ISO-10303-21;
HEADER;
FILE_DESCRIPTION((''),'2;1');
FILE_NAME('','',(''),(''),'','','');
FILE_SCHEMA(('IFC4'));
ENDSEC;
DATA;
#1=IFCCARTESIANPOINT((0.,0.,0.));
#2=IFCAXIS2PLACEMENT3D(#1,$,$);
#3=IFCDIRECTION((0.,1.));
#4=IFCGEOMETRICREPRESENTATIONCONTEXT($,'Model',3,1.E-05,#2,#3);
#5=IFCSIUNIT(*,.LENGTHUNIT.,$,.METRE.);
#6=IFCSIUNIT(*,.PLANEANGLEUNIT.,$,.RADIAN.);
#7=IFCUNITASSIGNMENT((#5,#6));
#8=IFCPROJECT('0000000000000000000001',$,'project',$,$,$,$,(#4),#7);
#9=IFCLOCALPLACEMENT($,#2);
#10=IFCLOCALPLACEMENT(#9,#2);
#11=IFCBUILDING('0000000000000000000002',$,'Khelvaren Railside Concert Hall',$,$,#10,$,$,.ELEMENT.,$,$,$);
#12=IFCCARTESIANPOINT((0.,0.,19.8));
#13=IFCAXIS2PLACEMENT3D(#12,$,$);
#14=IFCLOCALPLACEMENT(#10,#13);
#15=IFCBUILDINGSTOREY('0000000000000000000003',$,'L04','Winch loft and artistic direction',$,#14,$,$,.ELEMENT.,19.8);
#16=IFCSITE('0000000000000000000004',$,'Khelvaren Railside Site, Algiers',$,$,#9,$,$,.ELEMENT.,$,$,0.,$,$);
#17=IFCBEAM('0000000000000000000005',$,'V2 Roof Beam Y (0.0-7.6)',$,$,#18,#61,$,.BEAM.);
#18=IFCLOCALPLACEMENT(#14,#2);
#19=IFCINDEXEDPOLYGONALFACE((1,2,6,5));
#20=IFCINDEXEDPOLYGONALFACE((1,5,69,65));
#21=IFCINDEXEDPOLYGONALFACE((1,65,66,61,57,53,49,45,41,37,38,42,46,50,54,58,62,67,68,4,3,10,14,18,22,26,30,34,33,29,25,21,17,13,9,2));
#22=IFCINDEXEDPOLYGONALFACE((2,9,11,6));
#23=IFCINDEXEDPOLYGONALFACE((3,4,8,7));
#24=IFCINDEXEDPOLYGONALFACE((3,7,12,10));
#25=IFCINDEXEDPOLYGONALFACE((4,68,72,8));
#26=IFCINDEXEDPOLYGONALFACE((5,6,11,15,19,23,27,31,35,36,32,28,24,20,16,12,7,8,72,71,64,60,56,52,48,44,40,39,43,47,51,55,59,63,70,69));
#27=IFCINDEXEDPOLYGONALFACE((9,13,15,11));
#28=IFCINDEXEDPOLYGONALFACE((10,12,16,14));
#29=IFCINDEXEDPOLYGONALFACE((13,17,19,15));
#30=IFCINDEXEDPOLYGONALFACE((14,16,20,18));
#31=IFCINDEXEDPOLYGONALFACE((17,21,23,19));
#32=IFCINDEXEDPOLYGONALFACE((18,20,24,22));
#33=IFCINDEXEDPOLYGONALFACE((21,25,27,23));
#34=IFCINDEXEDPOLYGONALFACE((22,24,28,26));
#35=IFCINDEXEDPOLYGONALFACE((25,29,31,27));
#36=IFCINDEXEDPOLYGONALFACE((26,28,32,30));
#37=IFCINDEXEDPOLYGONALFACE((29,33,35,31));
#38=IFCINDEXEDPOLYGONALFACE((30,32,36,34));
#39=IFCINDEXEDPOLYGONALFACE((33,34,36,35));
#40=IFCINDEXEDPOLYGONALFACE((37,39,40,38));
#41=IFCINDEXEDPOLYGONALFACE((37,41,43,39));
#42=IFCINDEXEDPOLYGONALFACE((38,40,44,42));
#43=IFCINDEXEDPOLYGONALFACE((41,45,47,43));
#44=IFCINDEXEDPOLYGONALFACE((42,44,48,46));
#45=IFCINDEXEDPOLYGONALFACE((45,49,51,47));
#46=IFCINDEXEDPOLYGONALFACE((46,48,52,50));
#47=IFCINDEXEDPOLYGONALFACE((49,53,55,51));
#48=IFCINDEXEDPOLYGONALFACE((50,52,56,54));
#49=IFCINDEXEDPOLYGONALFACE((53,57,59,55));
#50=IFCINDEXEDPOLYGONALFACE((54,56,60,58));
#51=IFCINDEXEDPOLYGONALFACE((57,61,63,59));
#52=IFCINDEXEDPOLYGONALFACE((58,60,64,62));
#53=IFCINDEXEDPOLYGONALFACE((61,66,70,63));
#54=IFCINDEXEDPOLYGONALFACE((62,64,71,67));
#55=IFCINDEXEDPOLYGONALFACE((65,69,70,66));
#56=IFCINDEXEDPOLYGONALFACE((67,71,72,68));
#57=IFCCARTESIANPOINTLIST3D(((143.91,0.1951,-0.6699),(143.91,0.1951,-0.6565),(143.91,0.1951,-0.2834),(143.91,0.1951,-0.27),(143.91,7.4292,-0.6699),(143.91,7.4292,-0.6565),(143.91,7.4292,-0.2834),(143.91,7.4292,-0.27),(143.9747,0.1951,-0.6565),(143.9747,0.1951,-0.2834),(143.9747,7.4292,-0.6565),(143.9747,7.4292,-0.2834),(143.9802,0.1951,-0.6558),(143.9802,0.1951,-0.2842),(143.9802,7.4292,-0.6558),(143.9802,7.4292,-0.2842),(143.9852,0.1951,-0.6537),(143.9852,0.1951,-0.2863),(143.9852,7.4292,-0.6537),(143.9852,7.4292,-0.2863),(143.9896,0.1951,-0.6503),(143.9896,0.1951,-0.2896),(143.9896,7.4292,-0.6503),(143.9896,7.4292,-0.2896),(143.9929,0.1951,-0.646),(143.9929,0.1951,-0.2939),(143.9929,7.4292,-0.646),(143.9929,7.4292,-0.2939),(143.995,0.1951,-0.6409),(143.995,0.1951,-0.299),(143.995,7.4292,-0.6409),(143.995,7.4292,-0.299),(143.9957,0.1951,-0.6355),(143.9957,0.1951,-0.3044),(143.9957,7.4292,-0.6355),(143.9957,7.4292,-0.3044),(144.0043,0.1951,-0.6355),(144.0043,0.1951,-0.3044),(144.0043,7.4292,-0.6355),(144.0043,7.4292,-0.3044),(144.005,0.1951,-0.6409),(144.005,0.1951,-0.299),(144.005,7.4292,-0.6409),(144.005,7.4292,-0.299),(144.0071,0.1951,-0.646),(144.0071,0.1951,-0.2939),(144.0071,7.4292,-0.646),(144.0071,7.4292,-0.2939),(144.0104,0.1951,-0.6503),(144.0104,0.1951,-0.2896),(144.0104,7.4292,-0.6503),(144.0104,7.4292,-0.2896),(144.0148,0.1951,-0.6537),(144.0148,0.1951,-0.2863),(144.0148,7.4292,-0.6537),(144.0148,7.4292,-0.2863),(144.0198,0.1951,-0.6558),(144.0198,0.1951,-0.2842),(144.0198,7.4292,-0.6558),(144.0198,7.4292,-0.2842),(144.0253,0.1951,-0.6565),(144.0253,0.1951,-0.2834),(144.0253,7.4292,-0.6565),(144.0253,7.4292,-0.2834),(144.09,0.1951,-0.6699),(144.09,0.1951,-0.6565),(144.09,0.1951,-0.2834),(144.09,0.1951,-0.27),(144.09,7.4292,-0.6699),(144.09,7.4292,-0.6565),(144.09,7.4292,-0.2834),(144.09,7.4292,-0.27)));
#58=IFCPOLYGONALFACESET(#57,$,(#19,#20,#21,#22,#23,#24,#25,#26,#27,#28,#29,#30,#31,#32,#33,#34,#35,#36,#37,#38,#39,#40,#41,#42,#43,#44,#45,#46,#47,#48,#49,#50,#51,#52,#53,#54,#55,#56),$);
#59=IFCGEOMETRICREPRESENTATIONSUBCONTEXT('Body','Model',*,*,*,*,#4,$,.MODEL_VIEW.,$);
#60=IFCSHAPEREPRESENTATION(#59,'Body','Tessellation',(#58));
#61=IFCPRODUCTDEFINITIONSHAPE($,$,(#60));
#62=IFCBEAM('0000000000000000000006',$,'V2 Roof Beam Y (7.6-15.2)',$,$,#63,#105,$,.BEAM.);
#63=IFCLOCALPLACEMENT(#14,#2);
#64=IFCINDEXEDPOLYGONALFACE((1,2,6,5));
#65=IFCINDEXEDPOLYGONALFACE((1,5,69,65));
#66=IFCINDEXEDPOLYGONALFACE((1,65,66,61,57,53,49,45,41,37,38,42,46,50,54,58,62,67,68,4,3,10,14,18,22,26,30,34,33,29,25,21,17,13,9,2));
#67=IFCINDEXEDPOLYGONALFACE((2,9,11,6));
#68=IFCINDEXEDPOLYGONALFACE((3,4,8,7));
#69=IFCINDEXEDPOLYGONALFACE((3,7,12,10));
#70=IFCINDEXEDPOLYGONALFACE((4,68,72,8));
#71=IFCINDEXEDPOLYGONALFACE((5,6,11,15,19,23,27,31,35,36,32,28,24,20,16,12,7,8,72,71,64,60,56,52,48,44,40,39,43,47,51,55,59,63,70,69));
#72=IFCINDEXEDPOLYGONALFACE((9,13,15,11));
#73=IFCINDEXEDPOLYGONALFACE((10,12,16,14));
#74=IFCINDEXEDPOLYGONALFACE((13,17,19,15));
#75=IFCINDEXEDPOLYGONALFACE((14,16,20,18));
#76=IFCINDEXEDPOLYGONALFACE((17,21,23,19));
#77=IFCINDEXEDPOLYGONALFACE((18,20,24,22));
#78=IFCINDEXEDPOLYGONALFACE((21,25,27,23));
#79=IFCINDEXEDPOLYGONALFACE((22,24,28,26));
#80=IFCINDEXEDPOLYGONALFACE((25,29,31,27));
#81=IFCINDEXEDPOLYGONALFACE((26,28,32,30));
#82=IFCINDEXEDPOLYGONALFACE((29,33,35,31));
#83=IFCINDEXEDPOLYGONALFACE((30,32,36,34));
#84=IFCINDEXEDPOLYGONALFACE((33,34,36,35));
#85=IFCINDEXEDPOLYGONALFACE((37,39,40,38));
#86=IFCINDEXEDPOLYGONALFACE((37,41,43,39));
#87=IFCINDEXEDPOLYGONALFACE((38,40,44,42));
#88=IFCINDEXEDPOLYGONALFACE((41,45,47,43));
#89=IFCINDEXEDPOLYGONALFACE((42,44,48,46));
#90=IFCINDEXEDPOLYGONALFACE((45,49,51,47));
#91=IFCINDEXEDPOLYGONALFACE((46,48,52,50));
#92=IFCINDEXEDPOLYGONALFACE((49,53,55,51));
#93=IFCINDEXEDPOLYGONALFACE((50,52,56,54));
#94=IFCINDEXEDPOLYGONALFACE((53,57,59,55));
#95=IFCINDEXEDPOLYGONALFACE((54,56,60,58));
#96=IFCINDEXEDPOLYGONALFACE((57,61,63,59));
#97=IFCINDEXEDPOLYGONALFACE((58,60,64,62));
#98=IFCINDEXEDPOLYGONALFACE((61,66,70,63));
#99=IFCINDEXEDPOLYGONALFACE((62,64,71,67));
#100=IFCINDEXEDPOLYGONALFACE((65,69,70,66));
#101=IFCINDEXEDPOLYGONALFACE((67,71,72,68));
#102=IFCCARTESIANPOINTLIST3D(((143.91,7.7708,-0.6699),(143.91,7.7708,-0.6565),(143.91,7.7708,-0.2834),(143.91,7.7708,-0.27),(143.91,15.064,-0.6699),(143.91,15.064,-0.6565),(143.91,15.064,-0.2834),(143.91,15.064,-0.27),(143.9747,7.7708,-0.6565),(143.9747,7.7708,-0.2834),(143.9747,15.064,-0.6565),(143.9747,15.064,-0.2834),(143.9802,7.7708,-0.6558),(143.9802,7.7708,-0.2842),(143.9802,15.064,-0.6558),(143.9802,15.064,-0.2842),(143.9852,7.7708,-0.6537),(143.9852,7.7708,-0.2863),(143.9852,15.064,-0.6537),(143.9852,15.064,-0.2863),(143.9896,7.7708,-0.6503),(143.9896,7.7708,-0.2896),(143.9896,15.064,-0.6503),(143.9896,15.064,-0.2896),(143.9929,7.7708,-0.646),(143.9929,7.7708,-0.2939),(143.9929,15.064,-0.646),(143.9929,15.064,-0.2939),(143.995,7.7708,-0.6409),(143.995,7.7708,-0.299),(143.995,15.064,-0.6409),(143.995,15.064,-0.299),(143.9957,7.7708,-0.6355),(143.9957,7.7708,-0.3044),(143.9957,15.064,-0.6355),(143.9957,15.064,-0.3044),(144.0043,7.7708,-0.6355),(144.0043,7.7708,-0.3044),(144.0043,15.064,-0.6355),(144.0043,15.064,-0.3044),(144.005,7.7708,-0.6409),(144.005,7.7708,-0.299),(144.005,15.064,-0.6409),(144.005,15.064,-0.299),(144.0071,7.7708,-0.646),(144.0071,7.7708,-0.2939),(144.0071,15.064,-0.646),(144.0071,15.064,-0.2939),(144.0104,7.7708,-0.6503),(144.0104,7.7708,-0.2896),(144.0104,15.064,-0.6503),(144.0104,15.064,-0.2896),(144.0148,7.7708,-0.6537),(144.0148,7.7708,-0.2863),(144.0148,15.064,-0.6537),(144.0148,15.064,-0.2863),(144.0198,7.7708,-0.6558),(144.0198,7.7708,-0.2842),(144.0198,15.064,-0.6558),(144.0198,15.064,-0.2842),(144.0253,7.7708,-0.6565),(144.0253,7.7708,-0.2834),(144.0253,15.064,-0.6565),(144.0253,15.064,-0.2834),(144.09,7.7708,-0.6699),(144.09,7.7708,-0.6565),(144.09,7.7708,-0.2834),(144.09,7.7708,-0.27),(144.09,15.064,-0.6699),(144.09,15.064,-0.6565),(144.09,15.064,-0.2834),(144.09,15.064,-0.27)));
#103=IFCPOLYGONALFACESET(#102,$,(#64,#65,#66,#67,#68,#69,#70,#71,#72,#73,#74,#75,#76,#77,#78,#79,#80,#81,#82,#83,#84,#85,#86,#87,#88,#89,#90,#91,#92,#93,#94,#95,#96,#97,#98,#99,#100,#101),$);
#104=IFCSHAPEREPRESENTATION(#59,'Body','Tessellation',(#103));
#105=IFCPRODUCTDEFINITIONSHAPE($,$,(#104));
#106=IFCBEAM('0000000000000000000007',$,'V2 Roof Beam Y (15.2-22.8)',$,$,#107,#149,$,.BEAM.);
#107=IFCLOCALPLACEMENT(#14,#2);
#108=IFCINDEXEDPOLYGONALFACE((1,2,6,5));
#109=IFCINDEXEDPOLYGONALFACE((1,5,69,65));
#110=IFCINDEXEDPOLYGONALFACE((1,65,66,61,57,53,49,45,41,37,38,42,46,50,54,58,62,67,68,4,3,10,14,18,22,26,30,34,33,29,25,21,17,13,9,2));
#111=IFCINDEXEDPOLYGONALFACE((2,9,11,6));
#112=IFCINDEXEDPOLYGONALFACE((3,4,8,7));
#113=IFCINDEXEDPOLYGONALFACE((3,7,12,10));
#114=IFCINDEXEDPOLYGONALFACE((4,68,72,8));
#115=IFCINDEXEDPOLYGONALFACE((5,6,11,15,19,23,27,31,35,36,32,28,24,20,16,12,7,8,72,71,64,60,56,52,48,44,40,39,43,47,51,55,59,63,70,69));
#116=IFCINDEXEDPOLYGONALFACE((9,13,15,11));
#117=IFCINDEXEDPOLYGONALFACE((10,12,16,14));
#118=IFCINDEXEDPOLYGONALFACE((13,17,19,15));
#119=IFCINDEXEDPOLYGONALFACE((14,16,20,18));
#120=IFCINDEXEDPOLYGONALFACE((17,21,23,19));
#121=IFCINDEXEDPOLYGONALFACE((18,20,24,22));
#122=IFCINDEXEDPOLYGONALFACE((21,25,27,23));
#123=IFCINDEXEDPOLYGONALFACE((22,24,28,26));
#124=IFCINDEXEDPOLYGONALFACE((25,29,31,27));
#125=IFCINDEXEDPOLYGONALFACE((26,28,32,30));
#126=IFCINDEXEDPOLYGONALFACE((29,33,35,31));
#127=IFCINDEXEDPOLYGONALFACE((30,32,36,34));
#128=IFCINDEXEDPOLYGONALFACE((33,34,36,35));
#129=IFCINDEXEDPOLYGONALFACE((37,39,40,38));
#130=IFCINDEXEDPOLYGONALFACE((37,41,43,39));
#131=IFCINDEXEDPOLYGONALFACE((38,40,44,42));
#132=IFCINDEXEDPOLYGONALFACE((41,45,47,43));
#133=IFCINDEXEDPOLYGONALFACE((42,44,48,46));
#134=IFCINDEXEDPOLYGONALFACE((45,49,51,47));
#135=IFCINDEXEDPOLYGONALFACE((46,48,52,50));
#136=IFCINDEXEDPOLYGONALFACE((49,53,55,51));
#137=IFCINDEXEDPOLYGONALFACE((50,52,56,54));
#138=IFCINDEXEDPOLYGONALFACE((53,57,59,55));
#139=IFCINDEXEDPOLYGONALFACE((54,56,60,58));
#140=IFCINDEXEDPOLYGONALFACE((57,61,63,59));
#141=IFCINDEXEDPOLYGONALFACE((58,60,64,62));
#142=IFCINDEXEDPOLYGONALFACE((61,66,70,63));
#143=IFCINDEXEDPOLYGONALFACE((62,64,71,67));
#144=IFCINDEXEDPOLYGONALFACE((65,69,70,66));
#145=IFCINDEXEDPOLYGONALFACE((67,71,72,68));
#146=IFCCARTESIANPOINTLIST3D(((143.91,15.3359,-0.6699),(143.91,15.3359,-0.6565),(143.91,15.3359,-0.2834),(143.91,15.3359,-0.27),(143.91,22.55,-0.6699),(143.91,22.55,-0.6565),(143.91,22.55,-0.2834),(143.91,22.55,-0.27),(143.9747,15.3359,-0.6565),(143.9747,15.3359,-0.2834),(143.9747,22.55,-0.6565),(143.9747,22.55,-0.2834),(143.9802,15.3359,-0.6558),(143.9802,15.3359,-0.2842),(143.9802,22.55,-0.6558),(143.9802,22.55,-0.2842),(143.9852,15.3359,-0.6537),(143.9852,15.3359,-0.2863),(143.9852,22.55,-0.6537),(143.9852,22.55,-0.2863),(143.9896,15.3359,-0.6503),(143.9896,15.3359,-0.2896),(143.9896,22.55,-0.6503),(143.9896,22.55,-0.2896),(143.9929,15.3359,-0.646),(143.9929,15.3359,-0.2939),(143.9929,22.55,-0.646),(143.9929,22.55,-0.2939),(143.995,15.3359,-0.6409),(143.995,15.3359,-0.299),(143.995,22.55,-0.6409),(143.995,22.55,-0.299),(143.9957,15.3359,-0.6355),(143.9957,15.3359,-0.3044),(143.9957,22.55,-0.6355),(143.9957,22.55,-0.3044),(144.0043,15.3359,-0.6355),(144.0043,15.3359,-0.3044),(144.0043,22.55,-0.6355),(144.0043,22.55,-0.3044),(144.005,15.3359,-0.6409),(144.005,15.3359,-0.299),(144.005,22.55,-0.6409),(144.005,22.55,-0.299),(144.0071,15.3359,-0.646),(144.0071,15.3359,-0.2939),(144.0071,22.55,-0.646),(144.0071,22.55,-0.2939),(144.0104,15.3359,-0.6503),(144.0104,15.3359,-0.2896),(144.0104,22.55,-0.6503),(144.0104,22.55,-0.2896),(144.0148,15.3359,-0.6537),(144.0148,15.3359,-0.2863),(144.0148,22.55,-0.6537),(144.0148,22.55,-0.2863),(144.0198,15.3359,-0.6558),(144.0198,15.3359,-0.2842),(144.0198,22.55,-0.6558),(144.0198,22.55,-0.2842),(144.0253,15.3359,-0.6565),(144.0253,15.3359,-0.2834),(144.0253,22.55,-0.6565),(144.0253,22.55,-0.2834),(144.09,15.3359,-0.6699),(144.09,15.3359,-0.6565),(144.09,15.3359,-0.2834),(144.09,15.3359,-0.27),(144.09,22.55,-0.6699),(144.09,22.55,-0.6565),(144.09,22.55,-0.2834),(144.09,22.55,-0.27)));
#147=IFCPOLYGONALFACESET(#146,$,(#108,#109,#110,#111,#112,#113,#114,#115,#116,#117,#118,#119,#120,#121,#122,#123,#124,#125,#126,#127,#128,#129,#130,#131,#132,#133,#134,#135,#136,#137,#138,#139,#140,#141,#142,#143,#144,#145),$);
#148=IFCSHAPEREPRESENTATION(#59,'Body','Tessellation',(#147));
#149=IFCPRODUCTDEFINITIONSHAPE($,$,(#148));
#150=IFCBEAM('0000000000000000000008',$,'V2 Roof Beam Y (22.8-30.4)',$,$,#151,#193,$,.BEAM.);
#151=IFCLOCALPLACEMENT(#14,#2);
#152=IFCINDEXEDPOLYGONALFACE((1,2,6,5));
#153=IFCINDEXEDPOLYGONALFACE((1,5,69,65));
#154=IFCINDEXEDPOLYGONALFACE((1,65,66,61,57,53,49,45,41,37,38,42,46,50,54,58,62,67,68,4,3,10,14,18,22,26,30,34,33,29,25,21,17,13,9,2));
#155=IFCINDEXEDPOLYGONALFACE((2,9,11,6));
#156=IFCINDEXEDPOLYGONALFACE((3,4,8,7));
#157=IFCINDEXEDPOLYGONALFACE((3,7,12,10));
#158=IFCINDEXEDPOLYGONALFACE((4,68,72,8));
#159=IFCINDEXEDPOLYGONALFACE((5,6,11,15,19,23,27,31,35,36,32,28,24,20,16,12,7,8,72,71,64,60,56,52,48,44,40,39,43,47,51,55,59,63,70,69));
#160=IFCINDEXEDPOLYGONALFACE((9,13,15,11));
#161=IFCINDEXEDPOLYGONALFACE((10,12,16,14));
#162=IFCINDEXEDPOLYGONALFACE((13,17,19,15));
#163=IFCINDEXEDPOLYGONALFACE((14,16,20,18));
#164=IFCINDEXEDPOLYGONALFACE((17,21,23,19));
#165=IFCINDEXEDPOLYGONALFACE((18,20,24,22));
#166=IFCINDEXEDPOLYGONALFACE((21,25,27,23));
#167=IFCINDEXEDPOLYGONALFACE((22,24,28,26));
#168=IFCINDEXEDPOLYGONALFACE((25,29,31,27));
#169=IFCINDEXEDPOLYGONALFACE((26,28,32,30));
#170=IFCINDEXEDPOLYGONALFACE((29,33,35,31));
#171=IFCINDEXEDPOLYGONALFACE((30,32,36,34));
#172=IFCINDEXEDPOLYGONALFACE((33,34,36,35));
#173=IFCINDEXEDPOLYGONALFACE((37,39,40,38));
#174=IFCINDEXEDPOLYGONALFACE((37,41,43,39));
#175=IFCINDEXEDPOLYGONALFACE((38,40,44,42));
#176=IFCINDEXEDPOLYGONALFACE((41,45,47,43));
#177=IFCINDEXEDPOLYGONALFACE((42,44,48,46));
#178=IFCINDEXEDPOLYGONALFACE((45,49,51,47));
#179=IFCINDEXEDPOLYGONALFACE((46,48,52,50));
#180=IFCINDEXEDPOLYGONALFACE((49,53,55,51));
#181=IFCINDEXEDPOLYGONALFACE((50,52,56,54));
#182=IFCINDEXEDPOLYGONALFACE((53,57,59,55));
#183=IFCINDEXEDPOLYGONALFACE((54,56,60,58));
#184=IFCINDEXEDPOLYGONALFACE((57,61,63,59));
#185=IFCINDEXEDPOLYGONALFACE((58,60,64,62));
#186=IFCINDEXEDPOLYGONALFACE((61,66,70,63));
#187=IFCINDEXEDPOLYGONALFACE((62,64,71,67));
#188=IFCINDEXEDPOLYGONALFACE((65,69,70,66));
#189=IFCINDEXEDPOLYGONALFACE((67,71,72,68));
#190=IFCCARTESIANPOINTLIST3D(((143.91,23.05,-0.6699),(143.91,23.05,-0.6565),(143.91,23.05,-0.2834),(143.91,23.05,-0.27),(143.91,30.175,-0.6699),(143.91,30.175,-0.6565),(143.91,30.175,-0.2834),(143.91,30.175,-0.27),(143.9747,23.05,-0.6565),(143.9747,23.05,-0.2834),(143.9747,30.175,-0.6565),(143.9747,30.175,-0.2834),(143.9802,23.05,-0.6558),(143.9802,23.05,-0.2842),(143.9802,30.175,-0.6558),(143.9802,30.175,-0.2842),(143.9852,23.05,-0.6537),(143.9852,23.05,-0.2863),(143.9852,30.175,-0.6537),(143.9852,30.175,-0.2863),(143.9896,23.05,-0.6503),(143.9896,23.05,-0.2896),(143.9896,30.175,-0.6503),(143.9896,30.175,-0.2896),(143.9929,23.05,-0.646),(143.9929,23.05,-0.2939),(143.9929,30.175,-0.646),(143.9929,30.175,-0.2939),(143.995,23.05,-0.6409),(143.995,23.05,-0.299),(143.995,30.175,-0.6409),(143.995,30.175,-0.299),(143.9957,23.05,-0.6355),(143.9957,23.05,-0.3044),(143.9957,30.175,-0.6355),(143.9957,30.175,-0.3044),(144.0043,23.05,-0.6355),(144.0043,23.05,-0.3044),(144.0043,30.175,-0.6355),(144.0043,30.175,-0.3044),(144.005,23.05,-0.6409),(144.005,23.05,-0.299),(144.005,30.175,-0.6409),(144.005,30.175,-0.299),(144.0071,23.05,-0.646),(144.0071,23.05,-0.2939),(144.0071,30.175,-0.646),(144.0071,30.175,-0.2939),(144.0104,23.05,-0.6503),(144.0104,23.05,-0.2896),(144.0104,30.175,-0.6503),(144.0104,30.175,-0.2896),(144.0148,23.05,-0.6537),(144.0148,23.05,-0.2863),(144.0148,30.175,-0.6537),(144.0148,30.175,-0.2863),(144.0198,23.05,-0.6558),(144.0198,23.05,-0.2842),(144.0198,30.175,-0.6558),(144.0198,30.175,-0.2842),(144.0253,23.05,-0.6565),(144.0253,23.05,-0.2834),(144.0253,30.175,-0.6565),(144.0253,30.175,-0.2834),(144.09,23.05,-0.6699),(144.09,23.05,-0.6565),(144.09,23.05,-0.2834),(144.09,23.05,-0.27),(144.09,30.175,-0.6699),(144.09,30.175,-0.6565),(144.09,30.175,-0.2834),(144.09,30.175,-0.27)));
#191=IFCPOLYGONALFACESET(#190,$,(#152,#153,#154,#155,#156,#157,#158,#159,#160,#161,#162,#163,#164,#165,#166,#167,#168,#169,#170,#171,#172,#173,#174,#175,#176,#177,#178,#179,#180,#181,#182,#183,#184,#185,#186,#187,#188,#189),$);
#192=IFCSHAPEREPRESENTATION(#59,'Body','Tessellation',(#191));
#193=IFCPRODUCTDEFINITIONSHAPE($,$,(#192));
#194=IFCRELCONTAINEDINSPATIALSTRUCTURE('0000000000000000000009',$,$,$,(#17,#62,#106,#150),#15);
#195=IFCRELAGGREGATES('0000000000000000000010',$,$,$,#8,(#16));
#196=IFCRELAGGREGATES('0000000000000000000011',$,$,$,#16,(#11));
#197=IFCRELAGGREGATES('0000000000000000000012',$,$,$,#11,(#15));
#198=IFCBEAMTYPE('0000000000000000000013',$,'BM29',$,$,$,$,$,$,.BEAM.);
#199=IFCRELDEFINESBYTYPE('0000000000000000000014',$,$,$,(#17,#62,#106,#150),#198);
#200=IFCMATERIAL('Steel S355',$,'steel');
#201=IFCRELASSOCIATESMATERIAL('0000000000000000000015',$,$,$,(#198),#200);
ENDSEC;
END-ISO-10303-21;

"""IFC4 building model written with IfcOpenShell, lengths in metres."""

from ifc_helpers import new_model, si_unit, direction, frame, origin, origin_2d, place, context, subcontext, project, spatial, i_section, extrude, material, material_profile, profile_set, type_object, element, save


model = new_model("IFC4")

# Units and contexts
model_context = context("Model", 3, precision=1e-05, world=origin(), true_north=direction((0.0, 1.0)))
body_context = subcontext(model_context, "Body", "Model", "MODEL_VIEW")
ifc_project = project(units=[si_unit("LENGTHUNIT", "METRE"), si_unit("PLANEANGLEUNIT", "RADIAN")], contexts=[model_context])

# Site, building, storey
site_placement = place(None, origin())
site = spatial("IfcSite", under=ifc_project, at=site_placement, Name="Khelvaren Railside Site, Algiers", CompositionType="ELEMENT", RefElevation=0.0)
building_placement = place(site_placement, origin())
building = spatial("IfcBuilding", under=site, at=building_placement, Name="Khelvaren Railside Concert Hall", CompositionType="ELEMENT")
storey_placement = place(building_placement, frame((0.0, 0.0, 19.8)))
storey = spatial("IfcBuildingStorey", under=building, at=storey_placement, Name="L04", Description="Winch loft and artistic direction", CompositionType="ELEMENT", Elevation=19.8)

# Beams
ifc_material_1 = material(Name="Steel S355", Category="steel")
ifc_material_profile_1 = material_profile(ifc_material_1, i_section(OverallWidth=0.1799, OverallDepth=0.3999, WebThickness=0.0085, FlangeThickness=0.0134, FilletRadius=0.021, at=origin_2d()), Name="IPE 400")
ifc_profile_set_1 = profile_set([ifc_material_profile_1], Name="Steel S355")
beam_type_1 = type_object("IfcBeamType", Name="BM29", PredefinedType="BEAM", material=ifc_profile_set_1)
beam_1_placement = place(storey_placement, frame((144.0, 0.1951, -0.47), z_axis=(0.0, 1.0, 0.0), x_axis=(-1.0, 0.0, 0.0)))
element("IfcBeam", 1, at=beam_1_placement, inside=storey, type_object=beam_type_1, Name="V2 Roof Beam Y (0.0-7.6)", PredefinedType="BEAM", context=body_context, shape_type="SweptSolid", body=[
    extrude(i_section(OverallWidth=0.1799, OverallDepth=0.3999, WebThickness=0.0085, FlangeThickness=0.0134, FilletRadius=0.021, at=origin_2d()), origin(), (0.0, 0.0, 1.0), 7.2341),
])
beam_2_placement = place(storey_placement, frame((144.0, 7.7708, -0.47), z_axis=(0.0, 1.0, 0.0), x_axis=(-1.0, 0.0, 0.0)))
element("IfcBeam", 2, at=beam_2_placement, inside=storey, type_object=beam_type_1, Name="V2 Roof Beam Y (7.6-15.2)", PredefinedType="BEAM", context=body_context, shape_type="SweptSolid", body=[
    extrude(i_section(OverallWidth=0.1799, OverallDepth=0.3999, WebThickness=0.0085, FlangeThickness=0.0134, FilletRadius=0.021, at=origin_2d()), origin(), (0.0, 0.0, 1.0), 7.2932),
])
beam_3_placement = place(storey_placement, frame((144.0, 15.3359, -0.47), z_axis=(0.0, 1.0, 0.0), x_axis=(-1.0, 0.0, 0.0)))
element("IfcBeam", 3, at=beam_3_placement, inside=storey, type_object=beam_type_1, Name="V2 Roof Beam Y (15.2-22.8)", PredefinedType="BEAM", context=body_context, shape_type="SweptSolid", body=[
    extrude(i_section(OverallWidth=0.1799, OverallDepth=0.3999, WebThickness=0.0085, FlangeThickness=0.0134, FilletRadius=0.021, at=origin_2d()), origin(), (0.0, 0.0, 1.0), 7.2141),
])
beam_4_placement = place(storey_placement, frame((144.0, 23.05, -0.47), z_axis=(0.0, 1.0, 0.0), x_axis=(-1.0, 0.0, 0.0)))
element("IfcBeam", 4, at=beam_4_placement, inside=storey, type_object=beam_type_1, Name="V2 Roof Beam Y (22.8-30.4)", PredefinedType="BEAM", context=body_context, shape_type="SweptSolid", body=[
    extrude(i_section(OverallWidth=0.1799, OverallDepth=0.3999, WebThickness=0.0085, FlangeThickness=0.0134, FilletRadius=0.021, at=origin_2d()), origin(), (0.0, 0.0, 1.0), 7.125),
])

save(model, "model.ifc")
